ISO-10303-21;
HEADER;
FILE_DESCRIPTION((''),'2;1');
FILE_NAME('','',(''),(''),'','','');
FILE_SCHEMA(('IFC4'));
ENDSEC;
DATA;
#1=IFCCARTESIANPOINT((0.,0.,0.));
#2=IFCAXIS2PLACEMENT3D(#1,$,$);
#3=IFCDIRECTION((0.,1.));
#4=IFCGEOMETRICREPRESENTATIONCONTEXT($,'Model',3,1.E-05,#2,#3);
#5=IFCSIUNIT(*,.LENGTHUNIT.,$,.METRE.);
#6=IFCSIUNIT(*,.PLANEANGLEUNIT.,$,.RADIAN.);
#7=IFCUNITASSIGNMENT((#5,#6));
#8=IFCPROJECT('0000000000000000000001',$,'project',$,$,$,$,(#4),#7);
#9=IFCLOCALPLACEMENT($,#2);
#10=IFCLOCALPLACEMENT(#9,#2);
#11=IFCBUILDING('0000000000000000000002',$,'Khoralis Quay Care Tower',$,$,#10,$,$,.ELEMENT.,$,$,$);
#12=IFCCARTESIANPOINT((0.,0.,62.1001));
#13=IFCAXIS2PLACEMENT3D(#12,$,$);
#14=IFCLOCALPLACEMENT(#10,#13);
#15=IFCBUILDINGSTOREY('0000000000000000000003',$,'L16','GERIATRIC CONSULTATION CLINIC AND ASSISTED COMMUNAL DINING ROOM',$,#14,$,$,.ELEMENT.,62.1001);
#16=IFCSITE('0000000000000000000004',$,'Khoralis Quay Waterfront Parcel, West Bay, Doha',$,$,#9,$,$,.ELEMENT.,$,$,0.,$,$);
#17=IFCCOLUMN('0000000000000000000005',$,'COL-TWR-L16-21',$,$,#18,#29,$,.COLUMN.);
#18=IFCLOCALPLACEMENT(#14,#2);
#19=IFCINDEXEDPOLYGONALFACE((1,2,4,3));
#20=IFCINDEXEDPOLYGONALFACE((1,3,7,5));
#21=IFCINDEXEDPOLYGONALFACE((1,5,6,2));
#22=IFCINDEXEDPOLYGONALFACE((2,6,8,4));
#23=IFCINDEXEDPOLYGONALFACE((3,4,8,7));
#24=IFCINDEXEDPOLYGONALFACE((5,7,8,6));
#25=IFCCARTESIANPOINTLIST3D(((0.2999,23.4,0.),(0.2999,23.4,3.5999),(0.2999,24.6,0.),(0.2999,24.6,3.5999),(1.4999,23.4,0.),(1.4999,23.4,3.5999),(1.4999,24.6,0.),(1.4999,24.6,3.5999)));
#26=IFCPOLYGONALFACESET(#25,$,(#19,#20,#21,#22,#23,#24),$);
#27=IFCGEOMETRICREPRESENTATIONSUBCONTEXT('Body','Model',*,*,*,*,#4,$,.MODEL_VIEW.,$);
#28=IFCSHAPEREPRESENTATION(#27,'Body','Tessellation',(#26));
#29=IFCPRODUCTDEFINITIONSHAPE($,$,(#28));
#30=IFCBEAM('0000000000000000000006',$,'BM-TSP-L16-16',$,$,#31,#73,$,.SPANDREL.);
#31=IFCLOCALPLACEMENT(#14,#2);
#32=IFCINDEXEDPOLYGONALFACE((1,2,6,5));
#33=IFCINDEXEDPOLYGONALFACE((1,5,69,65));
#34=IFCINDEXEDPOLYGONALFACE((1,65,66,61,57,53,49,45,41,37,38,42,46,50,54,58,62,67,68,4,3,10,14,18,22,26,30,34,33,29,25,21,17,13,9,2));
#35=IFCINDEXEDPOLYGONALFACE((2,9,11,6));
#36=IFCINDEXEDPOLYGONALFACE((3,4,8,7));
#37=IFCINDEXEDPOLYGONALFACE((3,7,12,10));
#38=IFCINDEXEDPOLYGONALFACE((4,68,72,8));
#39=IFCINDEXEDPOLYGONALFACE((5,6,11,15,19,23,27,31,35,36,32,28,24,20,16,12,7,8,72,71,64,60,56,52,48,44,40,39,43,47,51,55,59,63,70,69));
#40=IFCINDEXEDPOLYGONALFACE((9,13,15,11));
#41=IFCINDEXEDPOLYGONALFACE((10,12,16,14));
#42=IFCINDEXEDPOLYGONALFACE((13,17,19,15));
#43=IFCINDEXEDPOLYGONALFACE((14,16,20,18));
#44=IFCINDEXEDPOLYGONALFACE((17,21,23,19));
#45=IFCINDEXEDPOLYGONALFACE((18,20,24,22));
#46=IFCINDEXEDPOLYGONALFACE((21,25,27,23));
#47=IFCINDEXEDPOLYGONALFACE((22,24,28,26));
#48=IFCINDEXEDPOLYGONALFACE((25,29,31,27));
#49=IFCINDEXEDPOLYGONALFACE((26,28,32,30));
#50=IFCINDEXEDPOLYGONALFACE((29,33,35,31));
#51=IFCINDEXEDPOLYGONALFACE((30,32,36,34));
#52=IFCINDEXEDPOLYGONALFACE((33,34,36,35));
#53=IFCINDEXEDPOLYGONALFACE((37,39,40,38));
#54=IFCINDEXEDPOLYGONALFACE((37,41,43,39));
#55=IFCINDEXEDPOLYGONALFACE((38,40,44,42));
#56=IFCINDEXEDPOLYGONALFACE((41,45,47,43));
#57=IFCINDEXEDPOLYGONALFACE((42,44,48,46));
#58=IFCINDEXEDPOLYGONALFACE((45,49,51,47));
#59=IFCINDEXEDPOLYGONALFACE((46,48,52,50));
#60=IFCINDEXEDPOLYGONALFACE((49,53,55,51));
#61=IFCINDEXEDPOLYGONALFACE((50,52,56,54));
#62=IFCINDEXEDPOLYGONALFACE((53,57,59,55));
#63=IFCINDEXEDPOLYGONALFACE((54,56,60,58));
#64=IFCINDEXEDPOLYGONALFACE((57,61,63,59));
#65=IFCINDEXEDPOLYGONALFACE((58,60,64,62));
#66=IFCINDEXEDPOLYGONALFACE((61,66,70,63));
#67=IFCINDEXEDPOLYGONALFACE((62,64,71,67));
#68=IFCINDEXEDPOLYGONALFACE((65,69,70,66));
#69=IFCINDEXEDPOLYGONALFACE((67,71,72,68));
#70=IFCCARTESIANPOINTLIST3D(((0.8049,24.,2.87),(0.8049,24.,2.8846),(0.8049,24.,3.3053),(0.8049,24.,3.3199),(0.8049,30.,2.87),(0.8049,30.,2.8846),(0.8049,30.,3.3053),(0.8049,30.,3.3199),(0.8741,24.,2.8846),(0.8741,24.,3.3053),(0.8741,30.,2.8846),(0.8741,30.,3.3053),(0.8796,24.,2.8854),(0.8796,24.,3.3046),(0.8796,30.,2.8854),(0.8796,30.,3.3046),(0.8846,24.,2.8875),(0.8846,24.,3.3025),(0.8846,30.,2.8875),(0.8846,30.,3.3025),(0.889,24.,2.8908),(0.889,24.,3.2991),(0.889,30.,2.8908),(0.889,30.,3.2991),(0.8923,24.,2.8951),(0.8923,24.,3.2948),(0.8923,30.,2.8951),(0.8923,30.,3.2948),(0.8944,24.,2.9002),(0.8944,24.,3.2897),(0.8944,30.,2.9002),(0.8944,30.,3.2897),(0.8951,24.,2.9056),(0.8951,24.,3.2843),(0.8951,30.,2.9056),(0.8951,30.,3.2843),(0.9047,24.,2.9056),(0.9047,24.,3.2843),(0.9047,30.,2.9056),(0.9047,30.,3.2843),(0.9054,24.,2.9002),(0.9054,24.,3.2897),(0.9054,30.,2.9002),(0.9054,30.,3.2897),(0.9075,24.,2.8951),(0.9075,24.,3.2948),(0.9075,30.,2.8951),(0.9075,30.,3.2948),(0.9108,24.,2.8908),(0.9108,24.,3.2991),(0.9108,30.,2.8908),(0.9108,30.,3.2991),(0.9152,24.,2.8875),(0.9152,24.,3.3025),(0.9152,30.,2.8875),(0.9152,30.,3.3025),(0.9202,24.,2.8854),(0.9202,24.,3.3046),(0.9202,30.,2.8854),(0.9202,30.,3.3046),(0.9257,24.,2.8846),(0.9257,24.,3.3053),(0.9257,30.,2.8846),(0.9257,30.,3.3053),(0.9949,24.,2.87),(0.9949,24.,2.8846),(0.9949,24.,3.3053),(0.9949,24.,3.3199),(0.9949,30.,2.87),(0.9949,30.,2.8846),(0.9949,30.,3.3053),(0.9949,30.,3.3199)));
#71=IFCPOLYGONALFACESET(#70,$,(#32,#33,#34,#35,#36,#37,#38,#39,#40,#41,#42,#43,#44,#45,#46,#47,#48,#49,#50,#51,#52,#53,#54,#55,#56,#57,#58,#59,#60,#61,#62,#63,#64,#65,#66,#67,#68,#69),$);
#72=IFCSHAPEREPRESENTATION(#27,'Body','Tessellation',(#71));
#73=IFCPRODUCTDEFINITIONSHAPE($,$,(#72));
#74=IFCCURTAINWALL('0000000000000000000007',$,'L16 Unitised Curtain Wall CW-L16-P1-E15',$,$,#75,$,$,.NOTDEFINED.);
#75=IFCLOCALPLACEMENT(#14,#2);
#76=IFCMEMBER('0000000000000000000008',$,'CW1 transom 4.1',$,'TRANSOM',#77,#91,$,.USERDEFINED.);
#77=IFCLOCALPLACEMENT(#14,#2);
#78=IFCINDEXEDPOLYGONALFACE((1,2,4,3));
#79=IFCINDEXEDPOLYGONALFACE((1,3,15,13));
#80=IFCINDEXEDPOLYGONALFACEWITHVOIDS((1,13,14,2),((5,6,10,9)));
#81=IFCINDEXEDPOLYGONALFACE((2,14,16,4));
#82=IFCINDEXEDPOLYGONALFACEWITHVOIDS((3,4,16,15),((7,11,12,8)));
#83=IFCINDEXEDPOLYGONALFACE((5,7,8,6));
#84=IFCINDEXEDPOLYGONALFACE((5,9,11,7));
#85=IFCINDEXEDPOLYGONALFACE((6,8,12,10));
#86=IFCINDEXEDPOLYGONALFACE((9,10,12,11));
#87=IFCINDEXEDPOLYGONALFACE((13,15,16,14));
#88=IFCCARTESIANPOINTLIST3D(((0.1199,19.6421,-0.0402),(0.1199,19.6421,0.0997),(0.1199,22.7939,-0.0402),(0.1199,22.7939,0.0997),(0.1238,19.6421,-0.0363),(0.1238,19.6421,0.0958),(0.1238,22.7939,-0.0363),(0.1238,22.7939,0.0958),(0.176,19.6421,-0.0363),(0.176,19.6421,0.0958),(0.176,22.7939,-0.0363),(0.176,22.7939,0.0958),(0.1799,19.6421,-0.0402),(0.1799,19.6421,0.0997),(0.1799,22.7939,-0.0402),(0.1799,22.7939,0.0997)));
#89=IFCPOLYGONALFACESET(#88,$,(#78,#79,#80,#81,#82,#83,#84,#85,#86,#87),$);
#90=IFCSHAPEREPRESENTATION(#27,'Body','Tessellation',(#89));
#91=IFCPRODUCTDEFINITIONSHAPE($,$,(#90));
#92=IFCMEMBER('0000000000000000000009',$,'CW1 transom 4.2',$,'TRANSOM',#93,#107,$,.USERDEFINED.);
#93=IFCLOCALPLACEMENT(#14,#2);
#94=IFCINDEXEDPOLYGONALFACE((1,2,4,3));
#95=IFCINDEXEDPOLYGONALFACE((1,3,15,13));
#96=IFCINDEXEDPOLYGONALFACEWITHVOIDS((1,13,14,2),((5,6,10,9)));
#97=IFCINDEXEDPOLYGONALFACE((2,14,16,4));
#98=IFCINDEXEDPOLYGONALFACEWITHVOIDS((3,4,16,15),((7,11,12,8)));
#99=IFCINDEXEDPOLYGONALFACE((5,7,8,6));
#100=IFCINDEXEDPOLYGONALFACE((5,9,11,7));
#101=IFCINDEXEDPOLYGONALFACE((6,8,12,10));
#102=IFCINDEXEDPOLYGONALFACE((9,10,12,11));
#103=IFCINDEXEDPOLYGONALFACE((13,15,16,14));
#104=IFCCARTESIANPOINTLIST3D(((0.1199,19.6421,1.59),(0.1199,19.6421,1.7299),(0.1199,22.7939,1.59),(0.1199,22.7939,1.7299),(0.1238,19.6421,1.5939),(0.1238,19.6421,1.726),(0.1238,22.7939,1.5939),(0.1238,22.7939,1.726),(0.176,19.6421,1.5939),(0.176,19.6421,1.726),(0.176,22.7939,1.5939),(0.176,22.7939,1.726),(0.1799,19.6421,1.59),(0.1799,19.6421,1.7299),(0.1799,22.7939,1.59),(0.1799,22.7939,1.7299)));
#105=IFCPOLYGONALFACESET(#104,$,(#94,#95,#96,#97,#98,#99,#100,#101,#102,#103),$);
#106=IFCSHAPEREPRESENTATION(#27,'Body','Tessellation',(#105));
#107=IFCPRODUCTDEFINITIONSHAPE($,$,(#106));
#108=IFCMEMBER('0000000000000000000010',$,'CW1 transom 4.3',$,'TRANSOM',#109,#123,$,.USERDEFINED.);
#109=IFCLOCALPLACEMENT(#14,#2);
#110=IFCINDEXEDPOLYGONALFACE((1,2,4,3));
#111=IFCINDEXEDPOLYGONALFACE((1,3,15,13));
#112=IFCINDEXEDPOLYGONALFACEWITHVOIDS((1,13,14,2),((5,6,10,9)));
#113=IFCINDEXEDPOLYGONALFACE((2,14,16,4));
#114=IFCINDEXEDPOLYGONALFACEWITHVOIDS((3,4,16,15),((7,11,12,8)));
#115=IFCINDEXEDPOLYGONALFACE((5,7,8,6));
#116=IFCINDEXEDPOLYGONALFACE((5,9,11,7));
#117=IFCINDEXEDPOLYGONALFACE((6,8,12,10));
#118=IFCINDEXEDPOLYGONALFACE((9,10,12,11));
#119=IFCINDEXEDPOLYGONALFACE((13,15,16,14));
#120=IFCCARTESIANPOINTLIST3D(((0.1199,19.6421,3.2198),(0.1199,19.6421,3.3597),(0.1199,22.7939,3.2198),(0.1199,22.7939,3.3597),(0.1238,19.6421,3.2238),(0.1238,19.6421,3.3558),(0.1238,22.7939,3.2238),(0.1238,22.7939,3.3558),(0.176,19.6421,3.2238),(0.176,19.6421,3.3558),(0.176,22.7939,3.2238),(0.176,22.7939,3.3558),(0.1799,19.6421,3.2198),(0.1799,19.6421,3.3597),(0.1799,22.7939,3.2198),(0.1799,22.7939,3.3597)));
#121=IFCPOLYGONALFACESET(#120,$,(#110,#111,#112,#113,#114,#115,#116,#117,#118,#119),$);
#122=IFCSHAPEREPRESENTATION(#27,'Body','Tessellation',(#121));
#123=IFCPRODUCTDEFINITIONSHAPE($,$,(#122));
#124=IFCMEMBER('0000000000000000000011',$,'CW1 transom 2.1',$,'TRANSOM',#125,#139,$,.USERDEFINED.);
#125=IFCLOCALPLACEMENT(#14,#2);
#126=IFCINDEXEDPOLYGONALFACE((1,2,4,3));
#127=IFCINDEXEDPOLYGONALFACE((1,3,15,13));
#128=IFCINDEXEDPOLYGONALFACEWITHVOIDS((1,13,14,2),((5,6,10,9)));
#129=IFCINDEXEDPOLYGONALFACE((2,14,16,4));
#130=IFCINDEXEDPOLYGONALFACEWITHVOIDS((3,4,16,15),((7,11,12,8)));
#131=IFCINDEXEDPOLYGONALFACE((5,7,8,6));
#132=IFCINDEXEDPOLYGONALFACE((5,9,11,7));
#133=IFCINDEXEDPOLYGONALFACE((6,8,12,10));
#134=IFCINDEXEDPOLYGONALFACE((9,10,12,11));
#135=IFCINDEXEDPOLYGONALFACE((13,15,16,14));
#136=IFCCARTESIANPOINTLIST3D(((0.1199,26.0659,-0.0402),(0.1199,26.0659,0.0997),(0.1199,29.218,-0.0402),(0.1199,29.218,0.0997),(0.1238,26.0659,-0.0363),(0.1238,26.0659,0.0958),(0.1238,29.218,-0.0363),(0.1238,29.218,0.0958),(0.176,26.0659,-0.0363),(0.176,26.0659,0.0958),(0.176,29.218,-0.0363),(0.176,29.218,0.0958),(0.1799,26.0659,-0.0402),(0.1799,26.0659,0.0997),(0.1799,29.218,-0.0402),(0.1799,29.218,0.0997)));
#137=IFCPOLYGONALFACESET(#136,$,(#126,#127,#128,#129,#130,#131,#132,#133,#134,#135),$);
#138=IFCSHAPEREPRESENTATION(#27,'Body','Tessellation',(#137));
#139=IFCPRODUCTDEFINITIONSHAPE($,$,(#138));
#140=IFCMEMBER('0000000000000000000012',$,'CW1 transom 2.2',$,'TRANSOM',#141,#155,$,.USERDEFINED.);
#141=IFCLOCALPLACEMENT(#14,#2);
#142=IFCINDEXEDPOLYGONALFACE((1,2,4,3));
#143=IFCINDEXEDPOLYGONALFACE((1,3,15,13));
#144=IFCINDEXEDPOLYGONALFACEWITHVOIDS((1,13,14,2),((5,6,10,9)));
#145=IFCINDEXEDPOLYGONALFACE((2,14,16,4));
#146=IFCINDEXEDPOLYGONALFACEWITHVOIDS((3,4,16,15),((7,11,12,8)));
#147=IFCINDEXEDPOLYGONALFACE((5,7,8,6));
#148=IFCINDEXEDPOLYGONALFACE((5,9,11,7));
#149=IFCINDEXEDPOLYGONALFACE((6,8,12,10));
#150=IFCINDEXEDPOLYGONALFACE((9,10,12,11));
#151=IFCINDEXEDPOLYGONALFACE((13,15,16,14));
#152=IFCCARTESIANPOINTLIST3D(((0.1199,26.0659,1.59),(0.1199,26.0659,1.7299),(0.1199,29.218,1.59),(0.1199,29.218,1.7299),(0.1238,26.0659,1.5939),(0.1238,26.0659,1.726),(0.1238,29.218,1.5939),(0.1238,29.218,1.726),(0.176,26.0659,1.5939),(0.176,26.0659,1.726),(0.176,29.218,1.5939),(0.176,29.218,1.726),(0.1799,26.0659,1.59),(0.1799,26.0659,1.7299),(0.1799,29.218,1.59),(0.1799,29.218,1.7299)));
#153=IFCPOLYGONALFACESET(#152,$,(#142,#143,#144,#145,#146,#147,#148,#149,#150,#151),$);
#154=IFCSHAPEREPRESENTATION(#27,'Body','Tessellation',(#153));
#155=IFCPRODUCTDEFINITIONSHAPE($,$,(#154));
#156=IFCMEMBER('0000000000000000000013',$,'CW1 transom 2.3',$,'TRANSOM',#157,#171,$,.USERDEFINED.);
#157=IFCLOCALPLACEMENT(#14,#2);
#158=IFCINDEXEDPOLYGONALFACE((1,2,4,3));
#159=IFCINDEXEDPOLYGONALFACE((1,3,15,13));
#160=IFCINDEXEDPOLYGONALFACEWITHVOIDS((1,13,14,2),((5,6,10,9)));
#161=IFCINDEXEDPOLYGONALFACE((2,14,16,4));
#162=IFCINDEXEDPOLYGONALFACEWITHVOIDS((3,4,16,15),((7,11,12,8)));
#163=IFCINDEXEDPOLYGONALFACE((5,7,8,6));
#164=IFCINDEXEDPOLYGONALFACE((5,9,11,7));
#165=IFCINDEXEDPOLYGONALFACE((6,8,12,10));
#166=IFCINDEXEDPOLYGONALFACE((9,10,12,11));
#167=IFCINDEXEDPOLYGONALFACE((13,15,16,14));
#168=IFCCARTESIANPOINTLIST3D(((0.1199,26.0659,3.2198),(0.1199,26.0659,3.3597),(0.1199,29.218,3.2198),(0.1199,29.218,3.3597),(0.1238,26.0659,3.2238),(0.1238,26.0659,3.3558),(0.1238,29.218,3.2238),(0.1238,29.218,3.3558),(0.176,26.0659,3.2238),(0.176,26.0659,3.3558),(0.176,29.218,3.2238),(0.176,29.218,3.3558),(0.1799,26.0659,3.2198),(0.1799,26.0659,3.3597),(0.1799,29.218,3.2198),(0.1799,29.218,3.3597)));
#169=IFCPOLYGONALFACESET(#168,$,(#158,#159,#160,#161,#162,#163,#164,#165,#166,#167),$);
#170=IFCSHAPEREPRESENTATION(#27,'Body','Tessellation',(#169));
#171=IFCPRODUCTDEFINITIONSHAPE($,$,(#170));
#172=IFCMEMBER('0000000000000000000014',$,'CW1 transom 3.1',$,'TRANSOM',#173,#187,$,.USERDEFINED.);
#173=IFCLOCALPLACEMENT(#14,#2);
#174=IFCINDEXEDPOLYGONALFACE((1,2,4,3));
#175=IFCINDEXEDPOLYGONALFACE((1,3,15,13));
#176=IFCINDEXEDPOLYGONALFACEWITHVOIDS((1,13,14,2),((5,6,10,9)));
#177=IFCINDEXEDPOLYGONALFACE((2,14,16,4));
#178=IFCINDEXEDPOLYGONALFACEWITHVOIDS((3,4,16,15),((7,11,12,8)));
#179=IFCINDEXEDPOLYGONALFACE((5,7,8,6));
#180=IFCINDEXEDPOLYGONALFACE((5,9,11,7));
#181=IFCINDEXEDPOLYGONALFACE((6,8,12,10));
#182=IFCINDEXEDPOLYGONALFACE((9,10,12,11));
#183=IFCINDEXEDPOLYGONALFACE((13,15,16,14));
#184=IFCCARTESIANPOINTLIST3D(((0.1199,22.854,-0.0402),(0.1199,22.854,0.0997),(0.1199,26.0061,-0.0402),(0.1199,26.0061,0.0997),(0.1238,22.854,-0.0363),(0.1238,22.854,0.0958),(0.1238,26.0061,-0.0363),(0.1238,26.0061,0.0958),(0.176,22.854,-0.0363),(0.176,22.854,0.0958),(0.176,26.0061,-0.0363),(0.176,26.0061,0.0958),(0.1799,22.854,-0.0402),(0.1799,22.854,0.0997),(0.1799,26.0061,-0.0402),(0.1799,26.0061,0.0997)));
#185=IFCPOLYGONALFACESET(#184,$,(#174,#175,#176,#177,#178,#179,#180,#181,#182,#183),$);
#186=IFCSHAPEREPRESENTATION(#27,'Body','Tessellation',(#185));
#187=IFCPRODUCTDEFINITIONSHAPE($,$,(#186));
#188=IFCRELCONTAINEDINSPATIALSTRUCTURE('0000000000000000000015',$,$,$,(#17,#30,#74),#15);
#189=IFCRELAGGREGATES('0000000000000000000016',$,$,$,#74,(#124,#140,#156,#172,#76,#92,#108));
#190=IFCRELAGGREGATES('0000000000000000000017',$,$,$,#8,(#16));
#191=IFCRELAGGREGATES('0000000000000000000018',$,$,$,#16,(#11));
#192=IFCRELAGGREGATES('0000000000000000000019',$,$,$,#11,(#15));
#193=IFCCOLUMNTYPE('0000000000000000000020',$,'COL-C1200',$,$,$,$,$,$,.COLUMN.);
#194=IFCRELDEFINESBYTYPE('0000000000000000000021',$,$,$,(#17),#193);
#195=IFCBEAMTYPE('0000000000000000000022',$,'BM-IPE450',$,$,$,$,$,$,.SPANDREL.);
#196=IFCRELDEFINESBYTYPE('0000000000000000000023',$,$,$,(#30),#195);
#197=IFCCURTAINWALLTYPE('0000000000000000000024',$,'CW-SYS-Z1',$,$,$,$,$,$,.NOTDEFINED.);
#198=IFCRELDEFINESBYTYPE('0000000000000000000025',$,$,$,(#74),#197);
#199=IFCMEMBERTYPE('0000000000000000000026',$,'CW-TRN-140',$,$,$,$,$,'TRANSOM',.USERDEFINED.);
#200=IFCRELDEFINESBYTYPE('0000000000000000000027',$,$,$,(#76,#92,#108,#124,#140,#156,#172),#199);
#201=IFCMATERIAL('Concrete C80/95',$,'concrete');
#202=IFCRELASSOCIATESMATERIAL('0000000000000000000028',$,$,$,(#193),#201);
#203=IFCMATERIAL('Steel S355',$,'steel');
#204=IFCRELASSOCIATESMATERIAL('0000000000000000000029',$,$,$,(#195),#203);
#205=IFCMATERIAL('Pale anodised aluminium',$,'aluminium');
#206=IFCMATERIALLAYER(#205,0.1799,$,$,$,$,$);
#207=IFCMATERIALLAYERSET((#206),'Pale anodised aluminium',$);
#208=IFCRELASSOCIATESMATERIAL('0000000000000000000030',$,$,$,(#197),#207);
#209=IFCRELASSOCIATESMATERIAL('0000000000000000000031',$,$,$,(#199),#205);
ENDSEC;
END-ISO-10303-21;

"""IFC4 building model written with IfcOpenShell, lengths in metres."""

from ifc_helpers import new_model, si_unit, direction, frame, origin, origin_2d, place, context, subcontext, project, spatial, rectangle, hollow_rectangle, i_section, extrude, source, transform, mapped, material, layer, layer_set, material_profile, profile_set, type_object, element, aggregate, save


model = new_model("IFC4")

# Units and contexts
model_context = context("Model", 3, precision=1e-05, world=origin(), true_north=direction((0.0, 1.0)))
body_context = subcontext(model_context, "Body", "Model", "MODEL_VIEW")
ifc_project = project(units=[si_unit("LENGTHUNIT", "METRE"), si_unit("PLANEANGLEUNIT", "RADIAN")], contexts=[model_context])

# Site, building, storey
site_placement = place(None, origin())
site = spatial("IfcSite", under=ifc_project, at=site_placement, Name="Khoralis Quay Waterfront Parcel, West Bay, Doha", CompositionType="ELEMENT", RefElevation=0.0)
building_placement = place(site_placement, origin())
building = spatial("IfcBuilding", under=site, at=building_placement, Name="Khoralis Quay Care Tower", CompositionType="ELEMENT")
storey_placement = place(building_placement, frame((0.0, 0.0, 62.1001)))
storey = spatial("IfcBuildingStorey", under=building, at=storey_placement, Name="L16", Description="GERIATRIC CONSULTATION CLINIC AND ASSISTED COMMUNAL DINING ROOM", CompositionType="ELEMENT", Elevation=62.1001)

# Column
ifc_material_1 = material(Name="Concrete C80/95", Category="concrete")
ifc_material_profile_1 = material_profile(ifc_material_1, rectangle(XDim=1.2, YDim=1.2, at=origin_2d()), Name="Concrete C80/95")
ifc_profile_set_1 = profile_set([ifc_material_profile_1], Name="Concrete C80/95")
column_type = type_object("IfcColumnType", Name="COL-C1200", PredefinedType="COLUMN", material=ifc_profile_set_1)
shared_shape_1 = source(origin(), body_context, "Body", "SweptSolid", [
    extrude(rectangle(XDim=1.2, YDim=1.2, at=origin_2d()), origin(), (0.0, 0.0, 1.0), 3.5999),
])
column_placement = place(storey_placement, frame((0.8999, 24.0, 0.0), z_axis=(0.0, 0.0, 1.0), x_axis=(1.0, 0.0, 0.0)))
element("IfcColumn", 1, at=column_placement, inside=storey, type_object=column_type, Name="COL-TWR-L16-21", PredefinedType="COLUMN", context=body_context, shape_type="MappedRepresentation", body=[
    mapped(shared_shape_1, transform((0.0, 0.0, 0.0), scale=1.0)),
])

# Beam
ifc_material_2 = material(Name="Steel S355", Category="steel")
ifc_material_profile_2 = material_profile(ifc_material_2, i_section(OverallWidth=0.1899, OverallDepth=0.45, WebThickness=0.0095, FlangeThickness=0.0146, FilletRadius=0.021, at=origin_2d()), Name="Steel S355")
ifc_profile_set_2 = profile_set([ifc_material_profile_2], Name="Steel S355")
beam_type = type_object("IfcBeamType", Name="BM-IPE450", PredefinedType="SPANDREL", material=ifc_profile_set_2)
shared_shape_2 = source(origin(), body_context, "Body", "SweptSolid", [
    extrude(i_section(OverallWidth=0.1899, OverallDepth=0.45, WebThickness=0.0095, FlangeThickness=0.0146, FilletRadius=0.021, at=origin_2d()), origin(), (0.0, 0.0, 1.0), 6.0),
])
beam_placement = place(storey_placement, frame((0.8999, 24.0, 3.095), z_axis=(0.0, 1.0, 0.0), x_axis=(-1.0, 0.0, 0.0)))
element("IfcBeam", 2, at=beam_placement, inside=storey, type_object=beam_type, Name="BM-TSP-L16-16", PredefinedType="SPANDREL", context=body_context, shape_type="MappedRepresentation", body=[
    mapped(shared_shape_2, transform((0.0, 0.0, 0.0), scale=1.0)),
])

# Curtain wall, members
ifc_material_3 = material(Name="Pale anodised aluminium", Category="aluminium")
ifc_layer_1 = layer(ifc_material_3, 0.1799)
ifc_layer_set_1 = layer_set([ifc_layer_1], Name="Pale anodised aluminium")
curtain_wall_type = type_object("IfcCurtainWallType", Name="CW-SYS-Z1", PredefinedType="NOTDEFINED", material=ifc_layer_set_1)
curtain_wall_placement = place(storey_placement, origin())
curtain_wall = element("IfcCurtainWall", 3, at=curtain_wall_placement, inside=storey, type_object=curtain_wall_type, Name="L16 Unitised Curtain Wall CW-L16-P1-E15", PredefinedType="NOTDEFINED")
ifc_material_profile_3 = material_profile(ifc_material_3, hollow_rectangle(XDim=0.0601, YDim=0.1399, WallThickness=0.0039, at=origin_2d()), Name="Pale anodised aluminium")
ifc_profile_set_3 = profile_set([ifc_material_profile_3], Name="Pale anodised aluminium")
member_type_1 = type_object("IfcMemberType", Name="CW-TRN-140", ElementType="TRANSOM", PredefinedType="USERDEFINED", material=ifc_profile_set_3)
shared_shape_3 = source(origin(), body_context, "Body", "SweptSolid", [
    extrude(hollow_rectangle(XDim=0.0601, YDim=0.1399, WallThickness=0.0039, at=origin_2d()), origin(), (0.0, 0.0, 1.0), 3.1519),
])
member_1_placement = place(storey_placement, frame((0.1499, 22.7939, 0.0298), z_axis=(0.0, -1.0, 0.0), x_axis=(1.0, 0.0, 0.0)))
member_1 = element("IfcMember", 4, at=member_1_placement, type_object=member_type_1, Name="CW1 transom 4.1", ObjectType="TRANSOM", PredefinedType="USERDEFINED", context=body_context, shape_type="MappedRepresentation", body=[
    mapped(shared_shape_3, transform((0.0, 0.0, 0.0), scale=1.0)),
])
member_2_placement = place(storey_placement, frame((0.1499, 22.7939, 1.6599), z_axis=(0.0, -1.0, 0.0), x_axis=(1.0, 0.0, 0.0)))
member_2 = element("IfcMember", 5, at=member_2_placement, type_object=member_type_1, Name="CW1 transom 4.2", ObjectType="TRANSOM", PredefinedType="USERDEFINED", context=body_context, shape_type="MappedRepresentation", body=[
    mapped(shared_shape_3, transform((0.0, 0.0, 0.0), scale=1.0)),
])
member_3_placement = place(storey_placement, frame((0.1499, 22.7939, 3.2898), z_axis=(0.0, -1.0, 0.0), x_axis=(1.0, 0.0, 0.0)))
member_3 = element("IfcMember", 6, at=member_3_placement, type_object=member_type_1, Name="CW1 transom 4.3", ObjectType="TRANSOM", PredefinedType="USERDEFINED", context=body_context, shape_type="MappedRepresentation", body=[
    mapped(shared_shape_3, transform((0.0, 0.0, 0.0), scale=1.0)),
])
shared_shape_4 = source(origin(), body_context, "Body", "SweptSolid", [
    extrude(hollow_rectangle(XDim=0.0601, YDim=0.1399, WallThickness=0.0039, at=origin_2d()), origin(), (0.0, 0.0, 1.0), 3.1521),
])
member_4_placement = place(storey_placement, frame((0.1499, 29.218, 0.0298), z_axis=(0.0, -1.0, 0.0), x_axis=(1.0, 0.0, 0.0)))
member_4 = element("IfcMember", 7, at=member_4_placement, type_object=member_type_1, Name="CW1 transom 2.1", ObjectType="TRANSOM", PredefinedType="USERDEFINED", context=body_context, shape_type="MappedRepresentation", body=[
    mapped(shared_shape_4, transform((0.0, 0.0, 0.0), scale=1.0)),
])
member_5_placement = place(storey_placement, frame((0.1499, 29.218, 1.6599), z_axis=(0.0, -1.0, 0.0), x_axis=(1.0, 0.0, 0.0)))
member_5 = element("IfcMember", 8, at=member_5_placement, type_object=member_type_1, Name="CW1 transom 2.2", ObjectType="TRANSOM", PredefinedType="USERDEFINED", context=body_context, shape_type="MappedRepresentation", body=[
    mapped(shared_shape_4, transform((0.0, 0.0, 0.0), scale=1.0)),
])
member_6_placement = place(storey_placement, frame((0.1499, 29.218, 3.2898), z_axis=(0.0, -1.0, 0.0), x_axis=(1.0, 0.0, 0.0)))
member_6 = element("IfcMember", 9, at=member_6_placement, type_object=member_type_1, Name="CW1 transom 2.3", ObjectType="TRANSOM", PredefinedType="USERDEFINED", context=body_context, shape_type="MappedRepresentation", body=[
    mapped(shared_shape_4, transform((0.0, 0.0, 0.0), scale=1.0)),
])
member_7_placement = place(storey_placement, frame((0.1499, 26.0061, 0.0298), z_axis=(0.0, -1.0, 0.0), x_axis=(1.0, 0.0, 0.0)))
member_7 = element("IfcMember", 10, at=member_7_placement, type_object=member_type_1, Name="CW1 transom 3.1", ObjectType="TRANSOM", PredefinedType="USERDEFINED", context=body_context, shape_type="MappedRepresentation", body=[
    mapped(shared_shape_4, transform((0.0, 0.0, 0.0), scale=1.0)),
])
aggregate(curtain_wall, [member_4, member_5, member_6, member_7, member_1, member_2, member_3])

save(model, "model.ifc")
